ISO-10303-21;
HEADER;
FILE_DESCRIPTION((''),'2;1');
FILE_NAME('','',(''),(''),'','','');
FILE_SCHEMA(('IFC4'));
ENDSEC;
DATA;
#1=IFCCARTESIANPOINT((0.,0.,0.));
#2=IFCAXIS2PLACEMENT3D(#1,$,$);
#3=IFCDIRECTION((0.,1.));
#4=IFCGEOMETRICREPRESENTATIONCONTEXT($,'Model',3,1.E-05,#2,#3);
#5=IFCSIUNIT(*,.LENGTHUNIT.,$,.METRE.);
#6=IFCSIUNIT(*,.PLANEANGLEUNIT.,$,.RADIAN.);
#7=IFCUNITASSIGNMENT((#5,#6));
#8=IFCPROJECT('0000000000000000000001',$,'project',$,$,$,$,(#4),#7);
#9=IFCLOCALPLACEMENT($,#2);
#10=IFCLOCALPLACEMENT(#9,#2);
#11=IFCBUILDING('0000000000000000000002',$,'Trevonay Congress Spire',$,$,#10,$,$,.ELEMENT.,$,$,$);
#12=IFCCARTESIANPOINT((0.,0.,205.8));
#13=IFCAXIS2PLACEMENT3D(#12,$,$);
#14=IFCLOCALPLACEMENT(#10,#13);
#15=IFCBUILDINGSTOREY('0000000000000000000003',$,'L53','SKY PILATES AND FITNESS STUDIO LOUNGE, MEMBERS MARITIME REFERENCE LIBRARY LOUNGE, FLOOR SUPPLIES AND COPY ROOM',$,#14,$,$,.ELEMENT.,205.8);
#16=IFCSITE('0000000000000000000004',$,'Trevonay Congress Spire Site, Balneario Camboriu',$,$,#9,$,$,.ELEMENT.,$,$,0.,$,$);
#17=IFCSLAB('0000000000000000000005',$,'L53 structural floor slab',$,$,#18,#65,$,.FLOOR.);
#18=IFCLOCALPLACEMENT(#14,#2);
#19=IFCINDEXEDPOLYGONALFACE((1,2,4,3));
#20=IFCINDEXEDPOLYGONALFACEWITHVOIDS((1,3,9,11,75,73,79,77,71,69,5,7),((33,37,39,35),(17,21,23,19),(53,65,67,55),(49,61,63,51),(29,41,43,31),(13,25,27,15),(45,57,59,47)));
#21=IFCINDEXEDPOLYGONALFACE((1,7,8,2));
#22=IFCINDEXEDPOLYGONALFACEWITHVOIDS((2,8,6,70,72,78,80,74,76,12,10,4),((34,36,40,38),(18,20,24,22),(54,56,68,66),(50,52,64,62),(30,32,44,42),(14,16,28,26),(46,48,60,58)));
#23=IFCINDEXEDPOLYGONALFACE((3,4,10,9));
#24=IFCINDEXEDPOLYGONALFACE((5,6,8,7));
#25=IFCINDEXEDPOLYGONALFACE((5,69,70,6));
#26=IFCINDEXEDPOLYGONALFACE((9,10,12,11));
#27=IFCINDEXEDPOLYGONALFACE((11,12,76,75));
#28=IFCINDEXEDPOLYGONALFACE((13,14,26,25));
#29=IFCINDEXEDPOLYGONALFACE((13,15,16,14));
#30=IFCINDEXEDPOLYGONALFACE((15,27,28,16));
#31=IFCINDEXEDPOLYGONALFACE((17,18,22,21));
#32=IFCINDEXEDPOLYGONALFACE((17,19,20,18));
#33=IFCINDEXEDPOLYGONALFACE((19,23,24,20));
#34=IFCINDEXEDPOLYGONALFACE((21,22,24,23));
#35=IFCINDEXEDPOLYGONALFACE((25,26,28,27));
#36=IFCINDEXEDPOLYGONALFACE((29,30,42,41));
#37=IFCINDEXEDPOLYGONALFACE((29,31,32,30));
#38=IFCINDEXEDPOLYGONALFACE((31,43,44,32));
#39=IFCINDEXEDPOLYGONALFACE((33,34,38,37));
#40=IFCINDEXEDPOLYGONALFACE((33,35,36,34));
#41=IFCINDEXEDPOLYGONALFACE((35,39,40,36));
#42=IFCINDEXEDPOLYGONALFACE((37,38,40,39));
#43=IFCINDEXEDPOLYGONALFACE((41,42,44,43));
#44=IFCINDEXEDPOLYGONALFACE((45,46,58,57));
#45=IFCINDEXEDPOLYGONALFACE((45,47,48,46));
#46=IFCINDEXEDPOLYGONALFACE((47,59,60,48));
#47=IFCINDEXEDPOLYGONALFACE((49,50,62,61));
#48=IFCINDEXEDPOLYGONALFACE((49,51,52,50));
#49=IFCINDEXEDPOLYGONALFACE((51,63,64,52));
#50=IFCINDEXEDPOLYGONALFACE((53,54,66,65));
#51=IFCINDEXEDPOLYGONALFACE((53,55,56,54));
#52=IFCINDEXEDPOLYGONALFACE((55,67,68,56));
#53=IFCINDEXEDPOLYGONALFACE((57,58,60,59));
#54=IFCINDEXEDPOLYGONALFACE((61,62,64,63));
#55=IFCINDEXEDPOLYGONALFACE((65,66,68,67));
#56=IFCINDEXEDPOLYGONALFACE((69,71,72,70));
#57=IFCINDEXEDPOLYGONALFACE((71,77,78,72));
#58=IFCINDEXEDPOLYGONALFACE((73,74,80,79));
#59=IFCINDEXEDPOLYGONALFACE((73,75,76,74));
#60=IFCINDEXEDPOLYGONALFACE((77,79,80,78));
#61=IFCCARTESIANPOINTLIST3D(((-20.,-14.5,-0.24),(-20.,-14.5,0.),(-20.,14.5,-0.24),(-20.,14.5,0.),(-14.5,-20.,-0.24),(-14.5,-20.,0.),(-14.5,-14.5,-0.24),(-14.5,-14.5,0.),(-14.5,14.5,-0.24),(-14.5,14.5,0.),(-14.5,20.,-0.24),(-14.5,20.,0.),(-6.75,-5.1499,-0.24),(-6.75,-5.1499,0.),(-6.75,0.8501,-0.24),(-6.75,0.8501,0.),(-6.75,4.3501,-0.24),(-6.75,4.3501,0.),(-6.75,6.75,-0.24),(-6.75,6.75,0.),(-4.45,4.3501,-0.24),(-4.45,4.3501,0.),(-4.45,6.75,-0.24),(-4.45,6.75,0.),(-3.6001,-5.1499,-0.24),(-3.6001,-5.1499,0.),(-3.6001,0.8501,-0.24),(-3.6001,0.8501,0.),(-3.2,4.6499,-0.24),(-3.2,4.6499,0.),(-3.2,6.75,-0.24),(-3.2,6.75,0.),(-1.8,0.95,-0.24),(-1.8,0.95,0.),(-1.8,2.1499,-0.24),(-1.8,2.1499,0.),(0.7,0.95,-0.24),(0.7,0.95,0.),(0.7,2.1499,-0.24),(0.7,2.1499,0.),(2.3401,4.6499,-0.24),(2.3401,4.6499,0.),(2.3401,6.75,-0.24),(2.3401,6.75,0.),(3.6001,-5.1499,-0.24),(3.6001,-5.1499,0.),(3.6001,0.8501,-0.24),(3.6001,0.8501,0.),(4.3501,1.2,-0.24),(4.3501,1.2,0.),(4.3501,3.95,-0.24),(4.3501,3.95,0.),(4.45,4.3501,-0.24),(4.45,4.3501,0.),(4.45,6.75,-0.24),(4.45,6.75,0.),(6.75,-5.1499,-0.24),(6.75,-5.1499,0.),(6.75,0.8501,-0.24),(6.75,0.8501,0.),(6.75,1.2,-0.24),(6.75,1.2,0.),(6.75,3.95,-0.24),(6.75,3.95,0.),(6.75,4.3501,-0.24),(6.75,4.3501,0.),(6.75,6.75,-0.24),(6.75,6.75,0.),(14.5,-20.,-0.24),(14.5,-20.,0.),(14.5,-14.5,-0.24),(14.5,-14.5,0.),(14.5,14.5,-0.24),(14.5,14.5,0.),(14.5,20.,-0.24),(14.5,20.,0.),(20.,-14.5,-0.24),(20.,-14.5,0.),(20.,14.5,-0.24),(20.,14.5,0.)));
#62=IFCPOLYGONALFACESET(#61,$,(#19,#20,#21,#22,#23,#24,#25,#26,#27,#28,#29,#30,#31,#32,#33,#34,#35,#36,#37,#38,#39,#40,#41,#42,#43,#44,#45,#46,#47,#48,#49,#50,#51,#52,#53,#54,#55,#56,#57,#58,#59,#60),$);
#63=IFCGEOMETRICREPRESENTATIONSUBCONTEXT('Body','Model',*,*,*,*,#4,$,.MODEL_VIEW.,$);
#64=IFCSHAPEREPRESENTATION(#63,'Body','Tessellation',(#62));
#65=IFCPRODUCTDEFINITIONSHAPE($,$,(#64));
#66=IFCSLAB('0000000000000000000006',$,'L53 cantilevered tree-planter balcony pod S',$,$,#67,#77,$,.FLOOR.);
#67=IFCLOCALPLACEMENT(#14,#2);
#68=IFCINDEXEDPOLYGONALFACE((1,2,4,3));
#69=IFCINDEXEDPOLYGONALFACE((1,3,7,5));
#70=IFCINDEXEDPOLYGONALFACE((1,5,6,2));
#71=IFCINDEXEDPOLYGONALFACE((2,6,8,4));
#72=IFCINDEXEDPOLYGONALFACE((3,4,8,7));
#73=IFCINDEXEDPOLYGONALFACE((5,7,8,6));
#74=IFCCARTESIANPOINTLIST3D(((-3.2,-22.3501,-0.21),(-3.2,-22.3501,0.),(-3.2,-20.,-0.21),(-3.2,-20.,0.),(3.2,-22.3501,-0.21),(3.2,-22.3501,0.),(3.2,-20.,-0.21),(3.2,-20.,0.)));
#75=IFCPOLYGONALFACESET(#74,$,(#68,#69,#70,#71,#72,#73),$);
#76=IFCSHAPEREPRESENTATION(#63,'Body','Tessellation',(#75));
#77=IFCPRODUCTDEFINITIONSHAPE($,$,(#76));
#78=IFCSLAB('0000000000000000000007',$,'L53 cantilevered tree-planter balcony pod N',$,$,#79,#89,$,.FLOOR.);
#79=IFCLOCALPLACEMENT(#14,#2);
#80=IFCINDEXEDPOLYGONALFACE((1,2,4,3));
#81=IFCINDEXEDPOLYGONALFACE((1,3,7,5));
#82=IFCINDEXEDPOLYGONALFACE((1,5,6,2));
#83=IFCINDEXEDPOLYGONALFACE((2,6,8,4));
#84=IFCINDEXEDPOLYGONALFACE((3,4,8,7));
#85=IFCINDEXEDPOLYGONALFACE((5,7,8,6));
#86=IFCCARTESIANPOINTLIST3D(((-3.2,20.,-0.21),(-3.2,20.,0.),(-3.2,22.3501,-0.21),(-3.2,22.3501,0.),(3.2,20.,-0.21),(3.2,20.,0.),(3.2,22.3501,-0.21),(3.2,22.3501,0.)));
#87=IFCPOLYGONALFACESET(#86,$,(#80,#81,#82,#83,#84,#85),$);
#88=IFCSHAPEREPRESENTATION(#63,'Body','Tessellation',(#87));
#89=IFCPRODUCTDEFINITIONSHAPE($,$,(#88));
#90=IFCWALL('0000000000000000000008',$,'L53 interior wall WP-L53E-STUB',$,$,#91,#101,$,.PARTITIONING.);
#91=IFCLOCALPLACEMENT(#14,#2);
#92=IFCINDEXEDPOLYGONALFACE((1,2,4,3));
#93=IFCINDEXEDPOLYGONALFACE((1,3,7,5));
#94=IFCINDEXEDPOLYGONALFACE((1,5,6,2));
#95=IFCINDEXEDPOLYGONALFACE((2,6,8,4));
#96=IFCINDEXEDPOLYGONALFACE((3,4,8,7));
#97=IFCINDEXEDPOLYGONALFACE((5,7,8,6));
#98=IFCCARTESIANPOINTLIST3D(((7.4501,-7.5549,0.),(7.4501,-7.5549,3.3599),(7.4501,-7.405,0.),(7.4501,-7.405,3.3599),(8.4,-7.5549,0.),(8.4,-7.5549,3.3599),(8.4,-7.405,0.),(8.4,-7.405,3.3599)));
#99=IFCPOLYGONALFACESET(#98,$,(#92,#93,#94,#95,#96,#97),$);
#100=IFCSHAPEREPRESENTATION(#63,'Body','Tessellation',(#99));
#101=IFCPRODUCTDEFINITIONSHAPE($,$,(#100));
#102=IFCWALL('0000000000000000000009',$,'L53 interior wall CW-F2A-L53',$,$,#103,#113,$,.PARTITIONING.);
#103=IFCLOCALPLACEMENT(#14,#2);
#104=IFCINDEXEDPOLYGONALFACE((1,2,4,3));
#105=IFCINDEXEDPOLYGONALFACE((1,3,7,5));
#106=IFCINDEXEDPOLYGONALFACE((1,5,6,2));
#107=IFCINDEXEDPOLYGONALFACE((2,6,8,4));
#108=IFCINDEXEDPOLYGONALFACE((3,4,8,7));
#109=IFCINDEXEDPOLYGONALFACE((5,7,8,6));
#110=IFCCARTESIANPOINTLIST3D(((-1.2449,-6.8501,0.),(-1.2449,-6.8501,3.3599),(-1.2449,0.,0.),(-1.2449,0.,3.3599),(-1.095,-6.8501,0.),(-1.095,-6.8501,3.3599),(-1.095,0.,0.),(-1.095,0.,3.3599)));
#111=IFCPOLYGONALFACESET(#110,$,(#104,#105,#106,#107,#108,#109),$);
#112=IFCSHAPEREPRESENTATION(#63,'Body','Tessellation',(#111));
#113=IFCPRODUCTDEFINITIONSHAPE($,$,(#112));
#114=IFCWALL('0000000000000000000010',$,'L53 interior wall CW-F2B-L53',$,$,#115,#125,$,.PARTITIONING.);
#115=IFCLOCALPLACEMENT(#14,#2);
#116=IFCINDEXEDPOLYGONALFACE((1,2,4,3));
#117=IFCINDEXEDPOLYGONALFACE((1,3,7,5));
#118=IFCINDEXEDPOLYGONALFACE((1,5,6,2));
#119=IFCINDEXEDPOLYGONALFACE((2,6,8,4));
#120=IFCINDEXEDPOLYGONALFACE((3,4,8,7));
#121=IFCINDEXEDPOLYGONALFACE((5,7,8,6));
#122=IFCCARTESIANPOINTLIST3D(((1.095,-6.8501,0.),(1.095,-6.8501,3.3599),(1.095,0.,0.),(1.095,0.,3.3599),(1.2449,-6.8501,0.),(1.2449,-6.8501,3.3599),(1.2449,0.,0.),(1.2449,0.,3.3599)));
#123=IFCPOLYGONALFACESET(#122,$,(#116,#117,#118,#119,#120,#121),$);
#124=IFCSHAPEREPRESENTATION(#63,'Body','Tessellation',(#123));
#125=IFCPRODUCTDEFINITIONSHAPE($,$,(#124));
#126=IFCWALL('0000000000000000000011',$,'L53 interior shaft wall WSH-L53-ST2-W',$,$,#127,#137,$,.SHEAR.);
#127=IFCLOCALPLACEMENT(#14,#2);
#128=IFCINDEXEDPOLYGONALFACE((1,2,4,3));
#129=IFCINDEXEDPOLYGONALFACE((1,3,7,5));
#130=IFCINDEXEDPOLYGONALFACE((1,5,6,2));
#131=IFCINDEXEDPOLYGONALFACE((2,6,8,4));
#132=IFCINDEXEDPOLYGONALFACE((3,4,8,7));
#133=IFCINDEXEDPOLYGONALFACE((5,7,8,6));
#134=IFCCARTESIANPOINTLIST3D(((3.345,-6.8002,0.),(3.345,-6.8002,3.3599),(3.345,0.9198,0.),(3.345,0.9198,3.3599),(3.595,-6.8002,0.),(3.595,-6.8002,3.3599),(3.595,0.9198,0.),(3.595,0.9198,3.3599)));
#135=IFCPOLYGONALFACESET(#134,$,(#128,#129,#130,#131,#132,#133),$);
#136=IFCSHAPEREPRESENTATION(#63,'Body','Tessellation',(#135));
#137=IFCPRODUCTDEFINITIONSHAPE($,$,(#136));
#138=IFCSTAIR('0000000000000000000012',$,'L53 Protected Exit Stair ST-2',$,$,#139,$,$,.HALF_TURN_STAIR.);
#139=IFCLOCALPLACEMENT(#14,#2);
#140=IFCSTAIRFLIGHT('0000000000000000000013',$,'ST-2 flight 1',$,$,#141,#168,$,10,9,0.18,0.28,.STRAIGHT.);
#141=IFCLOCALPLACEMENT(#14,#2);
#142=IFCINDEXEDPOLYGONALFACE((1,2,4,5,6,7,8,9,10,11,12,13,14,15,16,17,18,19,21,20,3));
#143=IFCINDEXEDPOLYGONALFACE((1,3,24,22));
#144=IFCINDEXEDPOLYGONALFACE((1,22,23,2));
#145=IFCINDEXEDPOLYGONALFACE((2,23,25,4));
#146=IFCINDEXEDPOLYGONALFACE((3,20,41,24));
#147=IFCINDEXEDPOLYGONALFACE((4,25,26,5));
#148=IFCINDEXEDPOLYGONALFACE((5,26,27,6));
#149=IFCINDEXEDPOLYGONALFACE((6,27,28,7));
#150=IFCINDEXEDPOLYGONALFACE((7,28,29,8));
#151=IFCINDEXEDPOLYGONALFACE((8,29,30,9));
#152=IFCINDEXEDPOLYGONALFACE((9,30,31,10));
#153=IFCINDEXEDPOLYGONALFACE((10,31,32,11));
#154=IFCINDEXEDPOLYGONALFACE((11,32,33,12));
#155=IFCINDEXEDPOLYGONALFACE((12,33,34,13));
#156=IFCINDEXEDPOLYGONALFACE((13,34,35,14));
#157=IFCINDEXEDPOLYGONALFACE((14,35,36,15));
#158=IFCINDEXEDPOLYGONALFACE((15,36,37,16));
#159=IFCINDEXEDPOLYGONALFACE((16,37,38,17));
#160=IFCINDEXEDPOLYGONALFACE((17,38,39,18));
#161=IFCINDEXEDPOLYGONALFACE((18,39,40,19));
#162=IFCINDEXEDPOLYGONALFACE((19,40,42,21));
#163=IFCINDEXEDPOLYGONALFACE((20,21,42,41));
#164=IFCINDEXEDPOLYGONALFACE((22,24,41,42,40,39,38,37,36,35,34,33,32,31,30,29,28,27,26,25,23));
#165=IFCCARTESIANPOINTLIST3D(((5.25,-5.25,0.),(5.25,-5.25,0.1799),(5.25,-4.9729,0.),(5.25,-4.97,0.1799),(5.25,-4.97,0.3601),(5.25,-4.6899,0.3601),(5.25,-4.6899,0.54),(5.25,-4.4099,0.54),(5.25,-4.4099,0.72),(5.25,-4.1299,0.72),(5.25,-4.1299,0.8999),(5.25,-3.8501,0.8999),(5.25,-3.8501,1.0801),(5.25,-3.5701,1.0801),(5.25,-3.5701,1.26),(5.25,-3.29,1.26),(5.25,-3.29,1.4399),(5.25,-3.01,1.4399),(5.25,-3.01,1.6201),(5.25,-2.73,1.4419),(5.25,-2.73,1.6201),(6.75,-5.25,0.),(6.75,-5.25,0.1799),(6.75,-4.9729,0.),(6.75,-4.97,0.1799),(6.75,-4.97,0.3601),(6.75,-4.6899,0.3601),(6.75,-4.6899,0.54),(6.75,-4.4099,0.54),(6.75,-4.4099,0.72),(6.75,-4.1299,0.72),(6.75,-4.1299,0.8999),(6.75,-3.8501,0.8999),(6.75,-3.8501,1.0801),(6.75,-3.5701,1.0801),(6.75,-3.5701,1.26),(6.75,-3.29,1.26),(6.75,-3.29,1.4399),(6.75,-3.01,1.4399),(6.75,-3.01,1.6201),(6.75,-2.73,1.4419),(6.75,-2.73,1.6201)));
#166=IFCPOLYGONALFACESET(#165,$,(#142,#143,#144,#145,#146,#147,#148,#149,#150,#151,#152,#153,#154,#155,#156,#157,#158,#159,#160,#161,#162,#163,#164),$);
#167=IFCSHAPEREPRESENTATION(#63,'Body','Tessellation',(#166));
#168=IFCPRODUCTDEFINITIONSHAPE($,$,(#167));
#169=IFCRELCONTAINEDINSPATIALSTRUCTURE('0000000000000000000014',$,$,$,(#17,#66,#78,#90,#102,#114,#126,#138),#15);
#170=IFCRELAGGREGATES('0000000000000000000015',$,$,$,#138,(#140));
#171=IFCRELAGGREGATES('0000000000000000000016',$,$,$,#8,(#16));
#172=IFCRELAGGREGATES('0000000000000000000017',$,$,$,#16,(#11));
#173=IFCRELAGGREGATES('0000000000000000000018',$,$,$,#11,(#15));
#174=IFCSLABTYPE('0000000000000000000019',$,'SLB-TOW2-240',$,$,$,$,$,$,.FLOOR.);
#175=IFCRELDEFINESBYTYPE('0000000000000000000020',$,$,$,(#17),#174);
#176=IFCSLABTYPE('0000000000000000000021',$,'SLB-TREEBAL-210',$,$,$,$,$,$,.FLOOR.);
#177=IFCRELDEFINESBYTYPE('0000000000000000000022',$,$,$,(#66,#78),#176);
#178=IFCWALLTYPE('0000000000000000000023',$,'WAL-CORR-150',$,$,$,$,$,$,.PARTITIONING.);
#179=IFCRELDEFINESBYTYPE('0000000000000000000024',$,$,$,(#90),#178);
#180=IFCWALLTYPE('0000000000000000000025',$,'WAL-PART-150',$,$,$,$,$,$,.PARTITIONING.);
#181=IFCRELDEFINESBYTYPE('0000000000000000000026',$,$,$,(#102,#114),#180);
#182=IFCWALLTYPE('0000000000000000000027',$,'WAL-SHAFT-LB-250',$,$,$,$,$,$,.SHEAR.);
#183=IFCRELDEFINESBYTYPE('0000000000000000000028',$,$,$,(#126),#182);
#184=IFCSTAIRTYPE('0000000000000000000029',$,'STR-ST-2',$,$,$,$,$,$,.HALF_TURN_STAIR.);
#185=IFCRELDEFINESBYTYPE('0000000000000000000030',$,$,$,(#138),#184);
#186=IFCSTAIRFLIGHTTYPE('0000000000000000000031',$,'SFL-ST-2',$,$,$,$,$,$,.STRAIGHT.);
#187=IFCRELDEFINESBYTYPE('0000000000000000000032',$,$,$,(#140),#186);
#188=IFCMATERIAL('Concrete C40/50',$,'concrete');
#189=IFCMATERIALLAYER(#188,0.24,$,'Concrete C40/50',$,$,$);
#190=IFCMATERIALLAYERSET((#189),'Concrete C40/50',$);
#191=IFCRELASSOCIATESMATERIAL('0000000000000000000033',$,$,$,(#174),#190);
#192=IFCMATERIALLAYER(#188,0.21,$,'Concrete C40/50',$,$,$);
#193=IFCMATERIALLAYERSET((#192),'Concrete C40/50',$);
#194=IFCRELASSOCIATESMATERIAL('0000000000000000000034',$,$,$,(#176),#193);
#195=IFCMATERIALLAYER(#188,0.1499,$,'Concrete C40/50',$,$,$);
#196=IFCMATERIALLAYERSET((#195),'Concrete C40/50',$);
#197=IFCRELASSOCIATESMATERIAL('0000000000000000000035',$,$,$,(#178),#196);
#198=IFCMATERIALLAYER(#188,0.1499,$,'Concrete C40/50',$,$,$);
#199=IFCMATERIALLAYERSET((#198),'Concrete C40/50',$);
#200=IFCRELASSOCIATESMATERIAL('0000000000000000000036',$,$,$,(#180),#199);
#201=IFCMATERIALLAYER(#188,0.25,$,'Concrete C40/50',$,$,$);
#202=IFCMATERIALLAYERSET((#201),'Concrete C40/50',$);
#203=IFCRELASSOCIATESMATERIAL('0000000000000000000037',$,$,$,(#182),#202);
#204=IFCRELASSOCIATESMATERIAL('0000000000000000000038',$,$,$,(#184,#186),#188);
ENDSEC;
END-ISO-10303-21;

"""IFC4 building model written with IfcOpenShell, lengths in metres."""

from ifc_helpers import new_model, si_unit, direction, frame, frame_2d, origin, place, context, subcontext, project, spatial, polyline, rectangle, outline, extrude, material, layer, layer_set, type_object, element, aggregate, save


model = new_model("IFC4")

# Units and contexts
model_context = context("Model", 3, precision=1e-05, world=origin(), true_north=direction((0.0, 1.0)))
body_context = subcontext(model_context, "Body", "Model", "MODEL_VIEW")
ifc_project = project(units=[si_unit("LENGTHUNIT", "METRE"), si_unit("PLANEANGLEUNIT", "RADIAN")], contexts=[model_context])

# Site, building, storey
site_placement = place(None, origin())
site = spatial("IfcSite", under=ifc_project, at=site_placement, Name="Trevonay Congress Spire Site, Balneario Camboriu", CompositionType="ELEMENT", RefElevation=0.0)
building_placement = place(site_placement, origin())
building = spatial("IfcBuilding", under=site, at=building_placement, Name="Trevonay Congress Spire", CompositionType="ELEMENT")
storey_placement = place(building_placement, frame((0.0, 0.0, 205.8)))
storey = spatial("IfcBuildingStorey", under=building, at=storey_placement, Name="L53", Description="SKY PILATES AND FITNESS STUDIO LOUNGE, MEMBERS MARITIME REFERENCE LIBRARY LOUNGE, FLOOR SUPPLIES AND COPY ROOM", CompositionType="ELEMENT", Elevation=205.8)

# Slabs
ifc_material_1 = material(Name="Concrete C40/50", Category="concrete")
ifc_layer_1 = layer(ifc_material_1, 0.24, Name="Concrete C40/50")
ifc_layer_set_1 = layer_set([ifc_layer_1], Name="Concrete C40/50")
slab_type_1 = type_object("IfcSlabType", Name="SLB-TOW2-240", PredefinedType="FLOOR", material=ifc_layer_set_1)
slab_1_placement = place(storey_placement, frame((0.0, 0.0, -0.24)))
element("IfcSlab", 1, at=slab_1_placement, inside=storey, type_object=slab_type_1, Name="L53 structural floor slab", PredefinedType="FLOOR", context=body_context, shape_type="SweptSolid", body=[
    extrude(outline(polyline([(-14.5, -20.0), (14.5, -20.0), (14.5, -14.5), (20.0, -14.5), (20.0, 14.5), (14.5, 14.5), (14.5, 20.0), (-14.5, 20.0), (-14.5, 14.5), (-20.0, 14.5), (-20.0, -14.5), (-14.5, -14.5), (-14.5, -20.0)]), holes=[polyline([(-3.6001, -5.1499), (-3.6001, 0.8501), (-6.75, 0.8501), (-6.75, -5.1499), (-3.6001, -5.1499)]), polyline([(6.75, -5.1499), (6.75, 0.8501), (3.6001, 0.8501), (3.6001, -5.1499), (6.75, -5.1499)]), polyline([(-3.2, 4.6499), (2.3401, 4.6499), (2.3401, 6.75), (-3.2, 6.75), (-3.2, 4.6499)]), polyline([(-6.75, 4.3501), (-4.45, 4.3501), (-4.45, 6.75), (-6.75, 6.75), (-6.75, 4.3501)]), polyline([(4.45, 4.3501), (6.75, 4.3501), (6.75, 6.75), (4.45, 6.75), (4.45, 4.3501)]), polyline([(4.3501, 1.2), (6.75, 1.2), (6.75, 3.95), (4.3501, 3.95), (4.3501, 1.2)]), polyline([(-1.8, 0.95), (0.7, 0.95), (0.7, 2.1499), (-1.8, 2.1499), (-1.8, 0.95)])]), origin(), (0.0, 0.0, 1.0), 0.24),
])
ifc_layer_2 = layer(ifc_material_1, 0.21, Name="Concrete C40/50")
ifc_layer_set_2 = layer_set([ifc_layer_2], Name="Concrete C40/50")
slab_type_2 = type_object("IfcSlabType", Name="SLB-TREEBAL-210", PredefinedType="FLOOR", material=ifc_layer_set_2)
slab_2_placement = place(storey_placement, frame((0.0, 0.0, -0.21)))
element("IfcSlab", 2, at=slab_2_placement, inside=storey, type_object=slab_type_2, Name="L53 cantilevered tree-planter balcony pod S", PredefinedType="FLOOR", context=body_context, shape_type="SweptSolid", body=[
    extrude(outline(polyline([(-3.2, -22.3501), (3.2, -22.3501), (3.2, -20.0), (-3.2, -20.0), (-3.2, -22.3501)])), origin(), (0.0, 0.0, 1.0), 0.21),
])
slab_3_placement = place(storey_placement, frame((0.0, 0.0, -0.21)))
element("IfcSlab", 3, at=slab_3_placement, inside=storey, type_object=slab_type_2, Name="L53 cantilevered tree-planter balcony pod N", PredefinedType="FLOOR", context=body_context, shape_type="SweptSolid", body=[
    extrude(outline(polyline([(-3.2, 20.0), (3.2, 20.0), (3.2, 22.3501), (-3.2, 22.3501), (-3.2, 20.0)])), origin(), (0.0, 0.0, 1.0), 0.21),
])

# Walls
ifc_layer_3 = layer(ifc_material_1, 0.1499, Name="Concrete C40/50")
ifc_layer_set_3 = layer_set([ifc_layer_3], Name="Concrete C40/50")
wall_type_1 = type_object("IfcWallType", Name="WAL-CORR-150", PredefinedType="PARTITIONING", material=ifc_layer_set_3)
wall_1_placement = place(storey_placement, frame((7.45, -7.48, 0.0), z_axis=(0.0, 0.0, 1.0), x_axis=(1.0, 0.0, 0.0)))
element("IfcWall", 4, at=wall_1_placement, inside=storey, type_object=wall_type_1, Name="L53 interior wall WP-L53E-STUB", PredefinedType="PARTITIONING", context=body_context, shape_type="SweptSolid", body=[
    extrude(rectangle(XDim=0.95, YDim=0.1499, at=frame_2d((0.4751, 0.0))), origin(), (0.0, 0.0, 1.0), 3.3599),
])
ifc_layer_4 = layer(ifc_material_1, 0.1499, Name="Concrete C40/50")
ifc_layer_set_4 = layer_set([ifc_layer_4], Name="Concrete C40/50")
wall_type_2 = type_object("IfcWallType", Name="WAL-PART-150", PredefinedType="PARTITIONING", material=ifc_layer_set_4)
for number, where, z_axis, x_axis, name in (
    (5, (-1.1699, -6.8501, 0.0), (0.0, 0.0, 1.0), (0.0, 1.0, 0.0), "L53 interior wall CW-F2A-L53"),
    (6, (1.1699, -6.8501, 0.0), (0.0, 0.0, 1.0), (0.0, 1.0, 0.0), "L53 interior wall CW-F2B-L53"),
):
    element("IfcWall", number, at=place(storey_placement, frame(where, z_axis=z_axis, x_axis=x_axis)), inside=storey, type_object=wall_type_2, Name=name, PredefinedType="PARTITIONING", context=body_context, shape_type="SweptSolid", body=[
        extrude(rectangle(XDim=6.8501, YDim=0.1499, at=frame_2d((3.425, 0.0))), origin(), (0.0, 0.0, 1.0), 3.3599),
    ])
ifc_layer_5 = layer(ifc_material_1, 0.25, Name="Concrete C40/50")
ifc_layer_set_5 = layer_set([ifc_layer_5], Name="Concrete C40/50")
wall_type_3 = type_object("IfcWallType", Name="WAL-SHAFT-LB-250", PredefinedType="SHEAR", material=ifc_layer_set_5)
wall_2_placement = place(storey_placement, frame((3.47, -6.8, 0.0), z_axis=(0.0, 0.0, 1.0), x_axis=(0.0, 1.0, 0.0)))
element("IfcWall", 7, at=wall_2_placement, inside=storey, type_object=wall_type_3, Name="L53 interior shaft wall WSH-L53-ST2-W", PredefinedType="SHEAR", context=body_context, shape_type="SweptSolid", body=[
    extrude(rectangle(XDim=7.72, YDim=0.25, at=frame_2d((3.8599, 0.0))), origin(), (0.0, 0.0, 1.0), 3.3599),
])

# Stair, stair flight
stair_type = type_object("IfcStairType", Name="STR-ST-2", PredefinedType="HALF_TURN_STAIR", material=ifc_material_1)
stair_placement = place(storey_placement, origin())
stair = element("IfcStair", 8, at=stair_placement, inside=storey, type_object=stair_type, Name="L53 Protected Exit Stair ST-2", PredefinedType="HALF_TURN_STAIR")
stair_flight_type = type_object("IfcStairFlightType", Name="SFL-ST-2", PredefinedType="STRAIGHT", material=ifc_material_1)
stair_flight_1_placement = place(storey_placement, frame((6.0, -5.25, 0.0), z_axis=(0.0, 0.0, 1.0), x_axis=(0.0, 1.0, 0.0)))
stair_flight_1 = element("IfcStairFlight", 9, at=stair_flight_1_placement, type_object=stair_flight_type, Name="ST-2 flight 1", NumberOfRisers=10, NumberOfTreads=9, PredefinedType="STRAIGHT", RiserHeight=0.18, TreadLength=0.28, context=body_context, shape_type="SweptSolid", body=[
    extrude(outline(polyline([(0.0, 0.0), (0.0, 0.1799), (0.28, 0.1799), (0.28, 0.3601), (0.5601, 0.3601), (0.5601, 0.54), (0.8401, 0.54), (0.8401, 0.72), (1.1201, 0.72), (1.1201, 0.8999), (1.3999, 0.8999), (1.3999, 1.0801), (1.6799, 1.0801), (1.6799, 1.26), (1.96, 1.26), (1.96, 1.4399), (2.24, 1.4399), (2.24, 1.6201), (2.52, 1.6201), (2.52, 1.8), (2.52, 1.4419), (0.2771, 0.0), (0.0, 0.0)])), frame((0.0, 0.75, 0.0), z_axis=(0.0, -1.0, 0.0), x_axis=(1.0, 0.0, 0.0)), (0.0, 0.0, 1.0), 1.5),
])
aggregate(stair, [stair_flight_1])

save(model, "model.ifc")
